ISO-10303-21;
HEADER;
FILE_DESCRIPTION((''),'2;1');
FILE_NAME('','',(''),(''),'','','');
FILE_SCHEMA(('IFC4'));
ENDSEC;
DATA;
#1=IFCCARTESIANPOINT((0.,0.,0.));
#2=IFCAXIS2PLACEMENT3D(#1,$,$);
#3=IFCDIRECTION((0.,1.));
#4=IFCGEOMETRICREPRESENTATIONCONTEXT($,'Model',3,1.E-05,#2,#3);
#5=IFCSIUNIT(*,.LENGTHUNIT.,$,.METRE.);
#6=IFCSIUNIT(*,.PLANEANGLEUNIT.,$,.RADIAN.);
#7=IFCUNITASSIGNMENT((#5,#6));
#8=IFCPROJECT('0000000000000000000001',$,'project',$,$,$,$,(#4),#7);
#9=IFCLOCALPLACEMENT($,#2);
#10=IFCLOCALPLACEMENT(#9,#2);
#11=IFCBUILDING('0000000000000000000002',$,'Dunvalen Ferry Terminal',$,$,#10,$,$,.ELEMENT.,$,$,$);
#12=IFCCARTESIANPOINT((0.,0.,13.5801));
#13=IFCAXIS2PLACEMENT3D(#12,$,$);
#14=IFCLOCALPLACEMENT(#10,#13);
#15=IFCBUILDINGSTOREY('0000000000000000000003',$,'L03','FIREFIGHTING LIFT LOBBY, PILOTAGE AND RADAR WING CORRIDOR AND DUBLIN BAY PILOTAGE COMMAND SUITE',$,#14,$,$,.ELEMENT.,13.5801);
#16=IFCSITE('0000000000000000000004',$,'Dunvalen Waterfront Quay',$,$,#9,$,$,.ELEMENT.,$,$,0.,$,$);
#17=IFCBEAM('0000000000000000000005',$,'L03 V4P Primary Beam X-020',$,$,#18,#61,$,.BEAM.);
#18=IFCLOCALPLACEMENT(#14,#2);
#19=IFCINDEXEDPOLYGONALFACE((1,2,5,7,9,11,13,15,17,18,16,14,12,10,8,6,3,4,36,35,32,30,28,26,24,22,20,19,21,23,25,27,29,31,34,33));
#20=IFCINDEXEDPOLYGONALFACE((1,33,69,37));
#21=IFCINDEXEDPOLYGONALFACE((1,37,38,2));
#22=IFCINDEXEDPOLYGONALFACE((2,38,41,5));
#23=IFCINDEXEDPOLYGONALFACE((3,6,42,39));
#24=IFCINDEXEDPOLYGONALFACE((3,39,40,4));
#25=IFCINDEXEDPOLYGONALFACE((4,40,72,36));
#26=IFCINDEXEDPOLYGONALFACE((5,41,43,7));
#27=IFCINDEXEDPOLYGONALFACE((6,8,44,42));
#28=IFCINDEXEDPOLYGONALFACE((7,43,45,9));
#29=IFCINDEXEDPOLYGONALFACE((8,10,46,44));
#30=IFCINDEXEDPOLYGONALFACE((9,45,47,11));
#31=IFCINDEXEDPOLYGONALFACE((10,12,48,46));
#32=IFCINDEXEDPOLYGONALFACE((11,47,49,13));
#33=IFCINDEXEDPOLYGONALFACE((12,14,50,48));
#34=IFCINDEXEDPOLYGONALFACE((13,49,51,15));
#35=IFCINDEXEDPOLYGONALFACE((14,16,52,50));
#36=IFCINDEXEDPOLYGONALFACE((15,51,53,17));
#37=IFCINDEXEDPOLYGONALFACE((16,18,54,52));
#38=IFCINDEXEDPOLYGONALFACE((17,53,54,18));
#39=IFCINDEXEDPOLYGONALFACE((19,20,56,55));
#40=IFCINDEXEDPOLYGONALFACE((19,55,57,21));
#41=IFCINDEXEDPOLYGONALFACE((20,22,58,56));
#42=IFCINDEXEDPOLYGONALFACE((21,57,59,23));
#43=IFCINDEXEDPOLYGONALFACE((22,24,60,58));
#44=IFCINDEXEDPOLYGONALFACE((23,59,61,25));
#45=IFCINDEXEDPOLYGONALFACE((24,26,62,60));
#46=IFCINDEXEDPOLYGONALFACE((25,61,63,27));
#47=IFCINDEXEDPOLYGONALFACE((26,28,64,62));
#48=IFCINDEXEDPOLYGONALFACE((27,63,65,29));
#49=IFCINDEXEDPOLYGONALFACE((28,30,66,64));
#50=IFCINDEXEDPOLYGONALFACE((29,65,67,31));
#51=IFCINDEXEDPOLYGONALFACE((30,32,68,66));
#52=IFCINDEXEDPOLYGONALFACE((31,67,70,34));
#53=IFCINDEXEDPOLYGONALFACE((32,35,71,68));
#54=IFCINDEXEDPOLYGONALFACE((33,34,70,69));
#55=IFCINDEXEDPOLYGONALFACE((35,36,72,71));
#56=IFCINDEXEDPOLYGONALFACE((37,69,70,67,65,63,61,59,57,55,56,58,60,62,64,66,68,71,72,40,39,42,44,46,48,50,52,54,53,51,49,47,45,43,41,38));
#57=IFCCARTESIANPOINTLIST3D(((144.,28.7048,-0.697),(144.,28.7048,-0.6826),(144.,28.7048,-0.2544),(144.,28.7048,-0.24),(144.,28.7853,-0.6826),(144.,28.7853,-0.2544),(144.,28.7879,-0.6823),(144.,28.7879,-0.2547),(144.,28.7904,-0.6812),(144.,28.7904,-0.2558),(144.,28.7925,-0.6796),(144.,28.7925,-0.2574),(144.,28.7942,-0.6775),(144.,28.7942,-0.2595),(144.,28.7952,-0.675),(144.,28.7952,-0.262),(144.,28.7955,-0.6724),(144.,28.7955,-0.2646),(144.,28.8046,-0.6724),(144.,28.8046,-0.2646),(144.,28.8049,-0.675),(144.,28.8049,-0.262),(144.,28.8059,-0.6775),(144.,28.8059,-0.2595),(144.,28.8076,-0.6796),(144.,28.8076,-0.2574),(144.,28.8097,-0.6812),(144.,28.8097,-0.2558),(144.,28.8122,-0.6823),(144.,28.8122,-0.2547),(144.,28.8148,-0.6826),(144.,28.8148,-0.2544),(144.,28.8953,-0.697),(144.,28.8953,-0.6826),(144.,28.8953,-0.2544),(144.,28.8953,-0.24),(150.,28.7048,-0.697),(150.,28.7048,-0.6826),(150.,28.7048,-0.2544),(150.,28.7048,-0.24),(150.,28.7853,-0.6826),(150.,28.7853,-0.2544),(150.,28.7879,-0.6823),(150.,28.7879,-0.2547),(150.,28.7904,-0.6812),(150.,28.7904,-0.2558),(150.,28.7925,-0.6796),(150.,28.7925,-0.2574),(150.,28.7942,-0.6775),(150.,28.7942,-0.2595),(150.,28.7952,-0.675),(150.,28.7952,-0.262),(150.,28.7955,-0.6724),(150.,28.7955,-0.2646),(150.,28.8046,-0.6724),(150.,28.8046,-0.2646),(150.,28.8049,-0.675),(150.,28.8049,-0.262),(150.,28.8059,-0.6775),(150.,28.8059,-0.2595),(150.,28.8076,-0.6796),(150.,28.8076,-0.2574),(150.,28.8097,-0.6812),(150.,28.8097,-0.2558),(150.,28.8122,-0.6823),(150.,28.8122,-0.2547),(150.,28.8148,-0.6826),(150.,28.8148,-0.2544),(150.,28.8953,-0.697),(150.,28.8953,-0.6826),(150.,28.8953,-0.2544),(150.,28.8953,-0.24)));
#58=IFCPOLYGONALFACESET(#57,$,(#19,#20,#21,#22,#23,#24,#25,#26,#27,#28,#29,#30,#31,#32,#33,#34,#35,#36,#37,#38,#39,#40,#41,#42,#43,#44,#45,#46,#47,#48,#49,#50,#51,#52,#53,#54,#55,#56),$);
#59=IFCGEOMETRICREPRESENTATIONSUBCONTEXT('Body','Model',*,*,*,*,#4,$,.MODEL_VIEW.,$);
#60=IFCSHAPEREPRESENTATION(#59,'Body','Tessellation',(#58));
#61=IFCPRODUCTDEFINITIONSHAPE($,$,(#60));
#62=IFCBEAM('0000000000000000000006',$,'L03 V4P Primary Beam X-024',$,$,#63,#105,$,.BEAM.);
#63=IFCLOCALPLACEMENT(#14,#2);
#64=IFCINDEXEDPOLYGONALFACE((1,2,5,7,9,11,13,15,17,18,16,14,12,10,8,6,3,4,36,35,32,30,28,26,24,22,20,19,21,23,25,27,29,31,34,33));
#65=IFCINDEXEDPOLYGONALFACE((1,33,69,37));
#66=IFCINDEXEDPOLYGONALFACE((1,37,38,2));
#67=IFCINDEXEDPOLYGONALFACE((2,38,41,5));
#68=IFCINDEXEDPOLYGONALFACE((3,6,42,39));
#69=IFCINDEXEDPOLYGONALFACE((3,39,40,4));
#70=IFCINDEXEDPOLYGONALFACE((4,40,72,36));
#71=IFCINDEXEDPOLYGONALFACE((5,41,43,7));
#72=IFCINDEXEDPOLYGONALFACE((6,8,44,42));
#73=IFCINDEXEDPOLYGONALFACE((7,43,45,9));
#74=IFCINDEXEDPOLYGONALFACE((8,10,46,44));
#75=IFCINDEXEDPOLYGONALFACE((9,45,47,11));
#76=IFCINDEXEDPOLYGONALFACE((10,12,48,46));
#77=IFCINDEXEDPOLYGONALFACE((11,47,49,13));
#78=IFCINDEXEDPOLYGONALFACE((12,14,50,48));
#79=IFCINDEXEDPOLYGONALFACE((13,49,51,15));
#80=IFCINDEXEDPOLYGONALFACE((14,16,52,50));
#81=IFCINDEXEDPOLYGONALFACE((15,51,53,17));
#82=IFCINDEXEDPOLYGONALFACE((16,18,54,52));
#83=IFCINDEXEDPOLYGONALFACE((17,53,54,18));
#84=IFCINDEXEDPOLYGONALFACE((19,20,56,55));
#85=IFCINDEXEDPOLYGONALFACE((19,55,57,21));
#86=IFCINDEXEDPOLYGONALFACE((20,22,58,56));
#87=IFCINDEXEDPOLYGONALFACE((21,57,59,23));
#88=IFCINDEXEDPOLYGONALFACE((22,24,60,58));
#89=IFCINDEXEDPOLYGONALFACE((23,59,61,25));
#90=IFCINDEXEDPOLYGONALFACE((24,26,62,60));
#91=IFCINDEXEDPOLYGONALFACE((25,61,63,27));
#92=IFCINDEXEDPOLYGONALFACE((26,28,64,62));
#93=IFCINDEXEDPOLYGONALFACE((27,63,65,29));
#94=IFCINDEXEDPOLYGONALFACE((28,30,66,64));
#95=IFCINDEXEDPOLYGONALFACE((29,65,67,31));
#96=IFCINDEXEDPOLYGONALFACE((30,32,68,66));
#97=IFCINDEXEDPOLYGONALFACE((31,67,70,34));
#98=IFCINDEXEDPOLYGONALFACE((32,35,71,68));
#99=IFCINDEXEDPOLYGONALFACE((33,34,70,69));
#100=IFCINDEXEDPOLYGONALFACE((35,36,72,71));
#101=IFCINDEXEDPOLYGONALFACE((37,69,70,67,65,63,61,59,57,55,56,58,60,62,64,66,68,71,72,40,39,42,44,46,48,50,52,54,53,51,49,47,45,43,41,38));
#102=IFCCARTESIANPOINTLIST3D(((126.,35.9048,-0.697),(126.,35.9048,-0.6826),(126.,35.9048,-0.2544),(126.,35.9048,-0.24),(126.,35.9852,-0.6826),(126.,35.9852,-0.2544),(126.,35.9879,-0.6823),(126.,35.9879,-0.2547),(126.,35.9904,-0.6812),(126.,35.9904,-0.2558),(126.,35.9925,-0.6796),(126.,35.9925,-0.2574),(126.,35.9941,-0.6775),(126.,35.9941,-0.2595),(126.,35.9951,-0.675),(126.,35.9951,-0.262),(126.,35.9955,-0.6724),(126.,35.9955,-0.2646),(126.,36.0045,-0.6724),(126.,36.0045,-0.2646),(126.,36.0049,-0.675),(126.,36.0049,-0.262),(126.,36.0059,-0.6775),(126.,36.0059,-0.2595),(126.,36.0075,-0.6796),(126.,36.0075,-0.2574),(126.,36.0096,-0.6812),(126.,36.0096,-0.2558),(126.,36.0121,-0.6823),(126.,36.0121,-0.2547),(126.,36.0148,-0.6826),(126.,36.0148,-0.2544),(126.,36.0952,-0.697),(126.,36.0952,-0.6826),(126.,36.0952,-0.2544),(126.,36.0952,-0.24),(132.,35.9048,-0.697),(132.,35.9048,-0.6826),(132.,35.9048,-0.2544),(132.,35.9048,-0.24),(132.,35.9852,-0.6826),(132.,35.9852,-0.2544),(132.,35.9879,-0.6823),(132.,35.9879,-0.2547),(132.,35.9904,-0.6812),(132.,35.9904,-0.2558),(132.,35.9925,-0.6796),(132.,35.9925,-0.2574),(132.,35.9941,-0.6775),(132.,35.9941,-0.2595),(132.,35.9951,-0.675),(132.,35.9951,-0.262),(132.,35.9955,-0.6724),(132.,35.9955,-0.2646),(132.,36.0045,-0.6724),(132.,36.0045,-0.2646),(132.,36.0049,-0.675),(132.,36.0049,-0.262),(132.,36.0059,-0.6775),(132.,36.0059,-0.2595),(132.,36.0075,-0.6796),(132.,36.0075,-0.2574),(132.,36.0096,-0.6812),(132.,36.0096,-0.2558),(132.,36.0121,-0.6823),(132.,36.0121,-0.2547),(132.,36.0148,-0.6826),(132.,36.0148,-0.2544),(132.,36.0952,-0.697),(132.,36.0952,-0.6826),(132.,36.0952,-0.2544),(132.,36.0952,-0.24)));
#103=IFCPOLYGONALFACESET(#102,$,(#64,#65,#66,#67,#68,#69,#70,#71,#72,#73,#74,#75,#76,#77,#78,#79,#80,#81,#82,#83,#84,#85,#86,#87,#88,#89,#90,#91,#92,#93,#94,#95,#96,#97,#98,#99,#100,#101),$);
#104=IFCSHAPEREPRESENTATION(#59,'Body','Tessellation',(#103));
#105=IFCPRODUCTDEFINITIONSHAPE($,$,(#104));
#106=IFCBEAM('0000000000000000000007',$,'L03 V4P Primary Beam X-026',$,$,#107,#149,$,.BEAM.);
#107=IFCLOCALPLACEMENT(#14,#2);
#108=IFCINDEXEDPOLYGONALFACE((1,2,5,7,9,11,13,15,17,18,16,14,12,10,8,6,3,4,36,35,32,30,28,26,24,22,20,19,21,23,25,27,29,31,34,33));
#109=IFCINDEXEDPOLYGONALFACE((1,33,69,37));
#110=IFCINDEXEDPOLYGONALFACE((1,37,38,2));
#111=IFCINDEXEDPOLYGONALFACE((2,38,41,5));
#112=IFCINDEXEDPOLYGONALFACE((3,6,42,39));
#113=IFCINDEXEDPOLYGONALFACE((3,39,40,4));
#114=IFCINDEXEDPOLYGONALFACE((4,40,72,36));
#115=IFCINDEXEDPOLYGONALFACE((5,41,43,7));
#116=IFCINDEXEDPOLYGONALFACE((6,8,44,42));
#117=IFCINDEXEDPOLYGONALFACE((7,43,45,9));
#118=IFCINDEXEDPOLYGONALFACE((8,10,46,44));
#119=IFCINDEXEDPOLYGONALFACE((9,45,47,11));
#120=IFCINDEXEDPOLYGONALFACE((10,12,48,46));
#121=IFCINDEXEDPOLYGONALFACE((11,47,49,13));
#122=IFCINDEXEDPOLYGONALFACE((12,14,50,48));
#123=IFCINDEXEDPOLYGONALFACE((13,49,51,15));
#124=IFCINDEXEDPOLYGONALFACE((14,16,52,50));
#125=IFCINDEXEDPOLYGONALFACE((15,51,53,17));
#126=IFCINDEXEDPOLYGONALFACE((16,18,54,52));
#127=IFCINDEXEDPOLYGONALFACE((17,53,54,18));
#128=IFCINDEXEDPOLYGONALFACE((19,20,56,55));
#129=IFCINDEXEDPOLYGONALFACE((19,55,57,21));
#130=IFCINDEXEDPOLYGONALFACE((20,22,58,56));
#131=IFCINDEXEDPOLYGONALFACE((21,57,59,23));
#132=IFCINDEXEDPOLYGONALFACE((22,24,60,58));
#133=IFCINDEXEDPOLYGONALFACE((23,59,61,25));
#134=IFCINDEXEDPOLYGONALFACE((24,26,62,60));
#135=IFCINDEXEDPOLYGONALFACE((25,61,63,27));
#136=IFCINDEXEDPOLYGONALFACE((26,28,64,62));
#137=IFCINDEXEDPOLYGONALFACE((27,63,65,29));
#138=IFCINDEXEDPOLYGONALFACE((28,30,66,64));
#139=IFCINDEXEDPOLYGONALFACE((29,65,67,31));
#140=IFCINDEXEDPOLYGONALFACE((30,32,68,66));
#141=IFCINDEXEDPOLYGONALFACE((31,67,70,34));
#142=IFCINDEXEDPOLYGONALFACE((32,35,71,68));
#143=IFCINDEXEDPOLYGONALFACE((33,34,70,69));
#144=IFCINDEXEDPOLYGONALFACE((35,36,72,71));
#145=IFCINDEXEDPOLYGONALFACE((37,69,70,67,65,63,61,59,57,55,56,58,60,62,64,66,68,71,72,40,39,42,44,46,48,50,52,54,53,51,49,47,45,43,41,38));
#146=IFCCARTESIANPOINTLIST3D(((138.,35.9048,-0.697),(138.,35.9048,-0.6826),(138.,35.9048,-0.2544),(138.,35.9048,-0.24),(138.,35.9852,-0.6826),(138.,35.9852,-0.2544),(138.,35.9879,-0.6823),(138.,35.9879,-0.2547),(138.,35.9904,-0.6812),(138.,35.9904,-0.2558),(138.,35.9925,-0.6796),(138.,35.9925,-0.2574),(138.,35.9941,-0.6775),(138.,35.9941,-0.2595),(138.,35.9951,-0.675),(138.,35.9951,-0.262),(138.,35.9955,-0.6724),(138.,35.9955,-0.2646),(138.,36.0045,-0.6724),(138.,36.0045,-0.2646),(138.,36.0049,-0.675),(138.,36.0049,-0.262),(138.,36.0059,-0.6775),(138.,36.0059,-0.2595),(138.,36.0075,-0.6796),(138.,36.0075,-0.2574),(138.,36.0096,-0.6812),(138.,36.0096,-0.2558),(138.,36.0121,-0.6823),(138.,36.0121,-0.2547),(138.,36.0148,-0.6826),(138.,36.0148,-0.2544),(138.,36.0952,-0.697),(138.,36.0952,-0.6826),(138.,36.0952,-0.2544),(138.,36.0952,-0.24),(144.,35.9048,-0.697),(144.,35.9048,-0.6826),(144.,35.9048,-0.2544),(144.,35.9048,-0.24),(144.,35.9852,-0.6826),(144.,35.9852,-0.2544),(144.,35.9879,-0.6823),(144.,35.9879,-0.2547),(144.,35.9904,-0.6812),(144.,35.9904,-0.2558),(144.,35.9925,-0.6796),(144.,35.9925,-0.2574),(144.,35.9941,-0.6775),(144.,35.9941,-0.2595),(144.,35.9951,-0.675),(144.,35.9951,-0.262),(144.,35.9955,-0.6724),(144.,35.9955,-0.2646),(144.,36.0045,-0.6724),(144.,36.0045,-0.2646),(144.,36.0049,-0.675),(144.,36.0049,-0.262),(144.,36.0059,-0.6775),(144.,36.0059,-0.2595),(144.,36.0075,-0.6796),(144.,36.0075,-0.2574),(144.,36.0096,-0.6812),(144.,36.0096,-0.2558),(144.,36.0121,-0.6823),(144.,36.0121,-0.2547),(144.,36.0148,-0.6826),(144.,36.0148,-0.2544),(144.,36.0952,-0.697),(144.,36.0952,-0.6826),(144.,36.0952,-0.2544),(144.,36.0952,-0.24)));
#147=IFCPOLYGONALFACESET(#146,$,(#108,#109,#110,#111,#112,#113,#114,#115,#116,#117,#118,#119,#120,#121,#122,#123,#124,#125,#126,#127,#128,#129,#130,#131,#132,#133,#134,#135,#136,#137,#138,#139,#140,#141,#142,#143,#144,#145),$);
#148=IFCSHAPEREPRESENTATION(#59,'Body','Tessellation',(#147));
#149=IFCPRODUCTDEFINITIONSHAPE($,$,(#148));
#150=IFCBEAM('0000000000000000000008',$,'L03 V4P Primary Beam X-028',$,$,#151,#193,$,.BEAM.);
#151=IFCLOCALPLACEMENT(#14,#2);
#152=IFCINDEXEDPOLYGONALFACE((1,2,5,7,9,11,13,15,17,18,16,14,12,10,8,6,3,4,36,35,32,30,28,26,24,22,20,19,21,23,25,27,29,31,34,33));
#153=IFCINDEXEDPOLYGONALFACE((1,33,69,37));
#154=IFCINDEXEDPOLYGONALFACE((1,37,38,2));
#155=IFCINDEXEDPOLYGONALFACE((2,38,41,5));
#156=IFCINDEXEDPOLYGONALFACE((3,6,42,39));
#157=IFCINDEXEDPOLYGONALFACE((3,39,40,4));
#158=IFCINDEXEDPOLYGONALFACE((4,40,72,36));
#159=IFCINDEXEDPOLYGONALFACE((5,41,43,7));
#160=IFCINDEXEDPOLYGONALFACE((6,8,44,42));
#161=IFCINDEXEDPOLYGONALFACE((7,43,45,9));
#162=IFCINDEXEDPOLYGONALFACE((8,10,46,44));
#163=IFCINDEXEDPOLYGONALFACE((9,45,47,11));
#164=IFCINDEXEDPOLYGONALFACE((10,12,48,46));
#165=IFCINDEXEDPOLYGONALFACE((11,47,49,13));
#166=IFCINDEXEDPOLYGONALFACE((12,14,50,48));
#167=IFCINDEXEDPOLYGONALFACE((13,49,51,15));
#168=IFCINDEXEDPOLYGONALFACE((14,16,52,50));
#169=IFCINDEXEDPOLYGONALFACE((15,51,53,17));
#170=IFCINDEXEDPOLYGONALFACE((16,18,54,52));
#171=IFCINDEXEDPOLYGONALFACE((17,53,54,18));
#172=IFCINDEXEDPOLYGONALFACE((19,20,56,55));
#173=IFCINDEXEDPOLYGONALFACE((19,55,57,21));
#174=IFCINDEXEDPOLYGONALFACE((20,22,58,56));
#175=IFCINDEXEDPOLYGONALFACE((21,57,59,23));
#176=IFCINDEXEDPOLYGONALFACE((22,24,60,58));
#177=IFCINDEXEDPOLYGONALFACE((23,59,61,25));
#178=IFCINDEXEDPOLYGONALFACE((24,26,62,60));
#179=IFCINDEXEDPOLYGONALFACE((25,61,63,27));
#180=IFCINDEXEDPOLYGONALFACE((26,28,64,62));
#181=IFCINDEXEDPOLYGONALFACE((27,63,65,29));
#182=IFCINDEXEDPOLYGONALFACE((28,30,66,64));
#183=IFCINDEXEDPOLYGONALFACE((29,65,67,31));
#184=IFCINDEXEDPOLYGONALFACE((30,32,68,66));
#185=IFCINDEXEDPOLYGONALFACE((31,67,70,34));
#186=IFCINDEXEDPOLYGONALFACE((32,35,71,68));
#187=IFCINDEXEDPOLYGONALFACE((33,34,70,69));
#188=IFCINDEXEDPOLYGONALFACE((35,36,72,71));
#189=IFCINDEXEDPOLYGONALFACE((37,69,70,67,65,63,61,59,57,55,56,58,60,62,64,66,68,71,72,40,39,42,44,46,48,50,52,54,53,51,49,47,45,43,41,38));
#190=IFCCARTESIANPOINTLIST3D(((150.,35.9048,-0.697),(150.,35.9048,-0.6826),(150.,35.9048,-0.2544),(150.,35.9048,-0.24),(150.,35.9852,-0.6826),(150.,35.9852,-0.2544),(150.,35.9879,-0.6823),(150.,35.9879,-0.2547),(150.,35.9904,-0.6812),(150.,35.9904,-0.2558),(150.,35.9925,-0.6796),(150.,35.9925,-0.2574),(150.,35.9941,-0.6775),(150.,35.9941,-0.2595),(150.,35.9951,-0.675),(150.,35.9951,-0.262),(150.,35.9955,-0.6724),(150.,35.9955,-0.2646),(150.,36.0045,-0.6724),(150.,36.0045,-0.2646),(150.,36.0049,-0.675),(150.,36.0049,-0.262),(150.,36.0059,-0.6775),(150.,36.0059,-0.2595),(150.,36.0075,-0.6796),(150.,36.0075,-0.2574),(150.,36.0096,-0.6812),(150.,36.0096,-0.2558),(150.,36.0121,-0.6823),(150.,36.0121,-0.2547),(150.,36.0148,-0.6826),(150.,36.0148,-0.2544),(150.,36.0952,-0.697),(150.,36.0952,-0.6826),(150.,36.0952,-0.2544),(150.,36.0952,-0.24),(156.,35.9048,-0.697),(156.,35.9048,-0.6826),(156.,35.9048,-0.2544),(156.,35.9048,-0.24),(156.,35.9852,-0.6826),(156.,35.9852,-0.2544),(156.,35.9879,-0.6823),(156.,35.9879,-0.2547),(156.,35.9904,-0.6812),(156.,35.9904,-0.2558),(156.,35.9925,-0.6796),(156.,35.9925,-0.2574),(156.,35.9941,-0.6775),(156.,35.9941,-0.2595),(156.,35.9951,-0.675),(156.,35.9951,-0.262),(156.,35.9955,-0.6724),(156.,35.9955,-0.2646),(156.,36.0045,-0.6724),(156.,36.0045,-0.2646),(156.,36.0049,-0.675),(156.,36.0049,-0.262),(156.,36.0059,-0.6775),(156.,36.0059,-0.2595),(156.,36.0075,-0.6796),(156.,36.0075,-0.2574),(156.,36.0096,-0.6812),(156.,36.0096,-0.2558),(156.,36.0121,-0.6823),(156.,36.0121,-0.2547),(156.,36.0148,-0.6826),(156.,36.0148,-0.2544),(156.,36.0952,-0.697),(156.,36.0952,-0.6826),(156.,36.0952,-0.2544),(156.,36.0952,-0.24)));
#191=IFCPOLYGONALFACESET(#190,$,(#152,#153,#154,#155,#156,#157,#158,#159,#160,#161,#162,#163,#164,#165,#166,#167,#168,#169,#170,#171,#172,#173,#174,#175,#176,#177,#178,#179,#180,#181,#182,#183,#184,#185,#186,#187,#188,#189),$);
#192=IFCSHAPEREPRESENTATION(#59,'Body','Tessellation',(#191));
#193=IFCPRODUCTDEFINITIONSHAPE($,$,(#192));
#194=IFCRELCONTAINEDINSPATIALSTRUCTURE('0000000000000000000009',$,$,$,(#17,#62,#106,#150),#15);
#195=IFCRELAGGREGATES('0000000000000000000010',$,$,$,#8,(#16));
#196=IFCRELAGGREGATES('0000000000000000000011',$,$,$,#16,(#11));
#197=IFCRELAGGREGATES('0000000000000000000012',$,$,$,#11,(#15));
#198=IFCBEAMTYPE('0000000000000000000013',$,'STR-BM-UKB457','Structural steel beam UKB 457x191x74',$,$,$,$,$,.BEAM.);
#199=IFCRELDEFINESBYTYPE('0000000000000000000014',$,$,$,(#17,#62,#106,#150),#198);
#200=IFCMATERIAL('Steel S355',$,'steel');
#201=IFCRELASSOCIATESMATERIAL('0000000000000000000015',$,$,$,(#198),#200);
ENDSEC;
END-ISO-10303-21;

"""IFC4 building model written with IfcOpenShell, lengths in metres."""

from ifc_helpers import new_model, si_unit, direction, frame, origin, origin_2d, place, context, subcontext, project, spatial, i_section, extrude, material, material_profile, profile_set, type_object, element, save


model = new_model("IFC4")

# Units and contexts
model_context = context("Model", 3, precision=1e-05, world=origin(), true_north=direction((0.0, 1.0)))
body_context = subcontext(model_context, "Body", "Model", "MODEL_VIEW")
ifc_project = project(units=[si_unit("LENGTHUNIT", "METRE"), si_unit("PLANEANGLEUNIT", "RADIAN")], contexts=[model_context])

# Site, building, storey
site_placement = place(None, origin())
site = spatial("IfcSite", under=ifc_project, at=site_placement, Name="Dunvalen Waterfront Quay", CompositionType="ELEMENT", RefElevation=0.0)
building_placement = place(site_placement, origin())
building = spatial("IfcBuilding", under=site, at=building_placement, Name="Dunvalen Ferry Terminal", CompositionType="ELEMENT")
storey_placement = place(building_placement, frame((0.0, 0.0, 13.5801)))
storey = spatial("IfcBuildingStorey", under=building, at=storey_placement, Name="L03", Description="FIREFIGHTING LIFT LOBBY, PILOTAGE AND RADAR WING CORRIDOR AND DUBLIN BAY PILOTAGE COMMAND SUITE", CompositionType="ELEMENT", Elevation=13.5801)

# Beams
ifc_material_1 = material(Name="Steel S355", Category="steel")
ifc_material_profile_1 = material_profile(ifc_material_1, i_section(OverallWidth=0.1904, OverallDepth=0.457, WebThickness=0.009, FlangeThickness=0.0144, FilletRadius=0.0103, at=origin_2d()), Name="Steel S355")
ifc_profile_set_1 = profile_set([ifc_material_profile_1], Name="Steel S355")
beam_type_1 = type_object("IfcBeamType", Name="STR-BM-UKB457", Description="Structural steel beam UKB 457x191x74", PredefinedType="BEAM", material=ifc_profile_set_1)
for number, where, z_axis, x_axis, name in (
    (1, (144.0, 28.8, -0.4685), (1.0, 0.0, 0.0), (0.0, 1.0, 0.0), "L03 V4P Primary Beam X-020"),
    (2, (126.0, 36.0, -0.4685), (1.0, 0.0, 0.0), (0.0, 1.0, 0.0), "L03 V4P Primary Beam X-024"),
    (3, (138.0, 36.0, -0.4685), (1.0, 0.0, 0.0), (0.0, 1.0, 0.0), "L03 V4P Primary Beam X-026"),
    (4, (150.0, 36.0, -0.4685), (1.0, 0.0, 0.0), (0.0, 1.0, 0.0), "L03 V4P Primary Beam X-028"),
):
    element("IfcBeam", number, at=place(storey_placement, frame(where, z_axis=z_axis, x_axis=x_axis)), inside=storey, type_object=beam_type_1, Name=name, PredefinedType="BEAM", context=body_context, shape_type="SweptSolid", body=[
        extrude(i_section(OverallWidth=0.1904, OverallDepth=0.457, WebThickness=0.009, FlangeThickness=0.0144, FilletRadius=0.0103, at=origin_2d()), origin(), (0.0, 0.0, 1.0), 6.0),
    ])

save(model, "model.ifc")
